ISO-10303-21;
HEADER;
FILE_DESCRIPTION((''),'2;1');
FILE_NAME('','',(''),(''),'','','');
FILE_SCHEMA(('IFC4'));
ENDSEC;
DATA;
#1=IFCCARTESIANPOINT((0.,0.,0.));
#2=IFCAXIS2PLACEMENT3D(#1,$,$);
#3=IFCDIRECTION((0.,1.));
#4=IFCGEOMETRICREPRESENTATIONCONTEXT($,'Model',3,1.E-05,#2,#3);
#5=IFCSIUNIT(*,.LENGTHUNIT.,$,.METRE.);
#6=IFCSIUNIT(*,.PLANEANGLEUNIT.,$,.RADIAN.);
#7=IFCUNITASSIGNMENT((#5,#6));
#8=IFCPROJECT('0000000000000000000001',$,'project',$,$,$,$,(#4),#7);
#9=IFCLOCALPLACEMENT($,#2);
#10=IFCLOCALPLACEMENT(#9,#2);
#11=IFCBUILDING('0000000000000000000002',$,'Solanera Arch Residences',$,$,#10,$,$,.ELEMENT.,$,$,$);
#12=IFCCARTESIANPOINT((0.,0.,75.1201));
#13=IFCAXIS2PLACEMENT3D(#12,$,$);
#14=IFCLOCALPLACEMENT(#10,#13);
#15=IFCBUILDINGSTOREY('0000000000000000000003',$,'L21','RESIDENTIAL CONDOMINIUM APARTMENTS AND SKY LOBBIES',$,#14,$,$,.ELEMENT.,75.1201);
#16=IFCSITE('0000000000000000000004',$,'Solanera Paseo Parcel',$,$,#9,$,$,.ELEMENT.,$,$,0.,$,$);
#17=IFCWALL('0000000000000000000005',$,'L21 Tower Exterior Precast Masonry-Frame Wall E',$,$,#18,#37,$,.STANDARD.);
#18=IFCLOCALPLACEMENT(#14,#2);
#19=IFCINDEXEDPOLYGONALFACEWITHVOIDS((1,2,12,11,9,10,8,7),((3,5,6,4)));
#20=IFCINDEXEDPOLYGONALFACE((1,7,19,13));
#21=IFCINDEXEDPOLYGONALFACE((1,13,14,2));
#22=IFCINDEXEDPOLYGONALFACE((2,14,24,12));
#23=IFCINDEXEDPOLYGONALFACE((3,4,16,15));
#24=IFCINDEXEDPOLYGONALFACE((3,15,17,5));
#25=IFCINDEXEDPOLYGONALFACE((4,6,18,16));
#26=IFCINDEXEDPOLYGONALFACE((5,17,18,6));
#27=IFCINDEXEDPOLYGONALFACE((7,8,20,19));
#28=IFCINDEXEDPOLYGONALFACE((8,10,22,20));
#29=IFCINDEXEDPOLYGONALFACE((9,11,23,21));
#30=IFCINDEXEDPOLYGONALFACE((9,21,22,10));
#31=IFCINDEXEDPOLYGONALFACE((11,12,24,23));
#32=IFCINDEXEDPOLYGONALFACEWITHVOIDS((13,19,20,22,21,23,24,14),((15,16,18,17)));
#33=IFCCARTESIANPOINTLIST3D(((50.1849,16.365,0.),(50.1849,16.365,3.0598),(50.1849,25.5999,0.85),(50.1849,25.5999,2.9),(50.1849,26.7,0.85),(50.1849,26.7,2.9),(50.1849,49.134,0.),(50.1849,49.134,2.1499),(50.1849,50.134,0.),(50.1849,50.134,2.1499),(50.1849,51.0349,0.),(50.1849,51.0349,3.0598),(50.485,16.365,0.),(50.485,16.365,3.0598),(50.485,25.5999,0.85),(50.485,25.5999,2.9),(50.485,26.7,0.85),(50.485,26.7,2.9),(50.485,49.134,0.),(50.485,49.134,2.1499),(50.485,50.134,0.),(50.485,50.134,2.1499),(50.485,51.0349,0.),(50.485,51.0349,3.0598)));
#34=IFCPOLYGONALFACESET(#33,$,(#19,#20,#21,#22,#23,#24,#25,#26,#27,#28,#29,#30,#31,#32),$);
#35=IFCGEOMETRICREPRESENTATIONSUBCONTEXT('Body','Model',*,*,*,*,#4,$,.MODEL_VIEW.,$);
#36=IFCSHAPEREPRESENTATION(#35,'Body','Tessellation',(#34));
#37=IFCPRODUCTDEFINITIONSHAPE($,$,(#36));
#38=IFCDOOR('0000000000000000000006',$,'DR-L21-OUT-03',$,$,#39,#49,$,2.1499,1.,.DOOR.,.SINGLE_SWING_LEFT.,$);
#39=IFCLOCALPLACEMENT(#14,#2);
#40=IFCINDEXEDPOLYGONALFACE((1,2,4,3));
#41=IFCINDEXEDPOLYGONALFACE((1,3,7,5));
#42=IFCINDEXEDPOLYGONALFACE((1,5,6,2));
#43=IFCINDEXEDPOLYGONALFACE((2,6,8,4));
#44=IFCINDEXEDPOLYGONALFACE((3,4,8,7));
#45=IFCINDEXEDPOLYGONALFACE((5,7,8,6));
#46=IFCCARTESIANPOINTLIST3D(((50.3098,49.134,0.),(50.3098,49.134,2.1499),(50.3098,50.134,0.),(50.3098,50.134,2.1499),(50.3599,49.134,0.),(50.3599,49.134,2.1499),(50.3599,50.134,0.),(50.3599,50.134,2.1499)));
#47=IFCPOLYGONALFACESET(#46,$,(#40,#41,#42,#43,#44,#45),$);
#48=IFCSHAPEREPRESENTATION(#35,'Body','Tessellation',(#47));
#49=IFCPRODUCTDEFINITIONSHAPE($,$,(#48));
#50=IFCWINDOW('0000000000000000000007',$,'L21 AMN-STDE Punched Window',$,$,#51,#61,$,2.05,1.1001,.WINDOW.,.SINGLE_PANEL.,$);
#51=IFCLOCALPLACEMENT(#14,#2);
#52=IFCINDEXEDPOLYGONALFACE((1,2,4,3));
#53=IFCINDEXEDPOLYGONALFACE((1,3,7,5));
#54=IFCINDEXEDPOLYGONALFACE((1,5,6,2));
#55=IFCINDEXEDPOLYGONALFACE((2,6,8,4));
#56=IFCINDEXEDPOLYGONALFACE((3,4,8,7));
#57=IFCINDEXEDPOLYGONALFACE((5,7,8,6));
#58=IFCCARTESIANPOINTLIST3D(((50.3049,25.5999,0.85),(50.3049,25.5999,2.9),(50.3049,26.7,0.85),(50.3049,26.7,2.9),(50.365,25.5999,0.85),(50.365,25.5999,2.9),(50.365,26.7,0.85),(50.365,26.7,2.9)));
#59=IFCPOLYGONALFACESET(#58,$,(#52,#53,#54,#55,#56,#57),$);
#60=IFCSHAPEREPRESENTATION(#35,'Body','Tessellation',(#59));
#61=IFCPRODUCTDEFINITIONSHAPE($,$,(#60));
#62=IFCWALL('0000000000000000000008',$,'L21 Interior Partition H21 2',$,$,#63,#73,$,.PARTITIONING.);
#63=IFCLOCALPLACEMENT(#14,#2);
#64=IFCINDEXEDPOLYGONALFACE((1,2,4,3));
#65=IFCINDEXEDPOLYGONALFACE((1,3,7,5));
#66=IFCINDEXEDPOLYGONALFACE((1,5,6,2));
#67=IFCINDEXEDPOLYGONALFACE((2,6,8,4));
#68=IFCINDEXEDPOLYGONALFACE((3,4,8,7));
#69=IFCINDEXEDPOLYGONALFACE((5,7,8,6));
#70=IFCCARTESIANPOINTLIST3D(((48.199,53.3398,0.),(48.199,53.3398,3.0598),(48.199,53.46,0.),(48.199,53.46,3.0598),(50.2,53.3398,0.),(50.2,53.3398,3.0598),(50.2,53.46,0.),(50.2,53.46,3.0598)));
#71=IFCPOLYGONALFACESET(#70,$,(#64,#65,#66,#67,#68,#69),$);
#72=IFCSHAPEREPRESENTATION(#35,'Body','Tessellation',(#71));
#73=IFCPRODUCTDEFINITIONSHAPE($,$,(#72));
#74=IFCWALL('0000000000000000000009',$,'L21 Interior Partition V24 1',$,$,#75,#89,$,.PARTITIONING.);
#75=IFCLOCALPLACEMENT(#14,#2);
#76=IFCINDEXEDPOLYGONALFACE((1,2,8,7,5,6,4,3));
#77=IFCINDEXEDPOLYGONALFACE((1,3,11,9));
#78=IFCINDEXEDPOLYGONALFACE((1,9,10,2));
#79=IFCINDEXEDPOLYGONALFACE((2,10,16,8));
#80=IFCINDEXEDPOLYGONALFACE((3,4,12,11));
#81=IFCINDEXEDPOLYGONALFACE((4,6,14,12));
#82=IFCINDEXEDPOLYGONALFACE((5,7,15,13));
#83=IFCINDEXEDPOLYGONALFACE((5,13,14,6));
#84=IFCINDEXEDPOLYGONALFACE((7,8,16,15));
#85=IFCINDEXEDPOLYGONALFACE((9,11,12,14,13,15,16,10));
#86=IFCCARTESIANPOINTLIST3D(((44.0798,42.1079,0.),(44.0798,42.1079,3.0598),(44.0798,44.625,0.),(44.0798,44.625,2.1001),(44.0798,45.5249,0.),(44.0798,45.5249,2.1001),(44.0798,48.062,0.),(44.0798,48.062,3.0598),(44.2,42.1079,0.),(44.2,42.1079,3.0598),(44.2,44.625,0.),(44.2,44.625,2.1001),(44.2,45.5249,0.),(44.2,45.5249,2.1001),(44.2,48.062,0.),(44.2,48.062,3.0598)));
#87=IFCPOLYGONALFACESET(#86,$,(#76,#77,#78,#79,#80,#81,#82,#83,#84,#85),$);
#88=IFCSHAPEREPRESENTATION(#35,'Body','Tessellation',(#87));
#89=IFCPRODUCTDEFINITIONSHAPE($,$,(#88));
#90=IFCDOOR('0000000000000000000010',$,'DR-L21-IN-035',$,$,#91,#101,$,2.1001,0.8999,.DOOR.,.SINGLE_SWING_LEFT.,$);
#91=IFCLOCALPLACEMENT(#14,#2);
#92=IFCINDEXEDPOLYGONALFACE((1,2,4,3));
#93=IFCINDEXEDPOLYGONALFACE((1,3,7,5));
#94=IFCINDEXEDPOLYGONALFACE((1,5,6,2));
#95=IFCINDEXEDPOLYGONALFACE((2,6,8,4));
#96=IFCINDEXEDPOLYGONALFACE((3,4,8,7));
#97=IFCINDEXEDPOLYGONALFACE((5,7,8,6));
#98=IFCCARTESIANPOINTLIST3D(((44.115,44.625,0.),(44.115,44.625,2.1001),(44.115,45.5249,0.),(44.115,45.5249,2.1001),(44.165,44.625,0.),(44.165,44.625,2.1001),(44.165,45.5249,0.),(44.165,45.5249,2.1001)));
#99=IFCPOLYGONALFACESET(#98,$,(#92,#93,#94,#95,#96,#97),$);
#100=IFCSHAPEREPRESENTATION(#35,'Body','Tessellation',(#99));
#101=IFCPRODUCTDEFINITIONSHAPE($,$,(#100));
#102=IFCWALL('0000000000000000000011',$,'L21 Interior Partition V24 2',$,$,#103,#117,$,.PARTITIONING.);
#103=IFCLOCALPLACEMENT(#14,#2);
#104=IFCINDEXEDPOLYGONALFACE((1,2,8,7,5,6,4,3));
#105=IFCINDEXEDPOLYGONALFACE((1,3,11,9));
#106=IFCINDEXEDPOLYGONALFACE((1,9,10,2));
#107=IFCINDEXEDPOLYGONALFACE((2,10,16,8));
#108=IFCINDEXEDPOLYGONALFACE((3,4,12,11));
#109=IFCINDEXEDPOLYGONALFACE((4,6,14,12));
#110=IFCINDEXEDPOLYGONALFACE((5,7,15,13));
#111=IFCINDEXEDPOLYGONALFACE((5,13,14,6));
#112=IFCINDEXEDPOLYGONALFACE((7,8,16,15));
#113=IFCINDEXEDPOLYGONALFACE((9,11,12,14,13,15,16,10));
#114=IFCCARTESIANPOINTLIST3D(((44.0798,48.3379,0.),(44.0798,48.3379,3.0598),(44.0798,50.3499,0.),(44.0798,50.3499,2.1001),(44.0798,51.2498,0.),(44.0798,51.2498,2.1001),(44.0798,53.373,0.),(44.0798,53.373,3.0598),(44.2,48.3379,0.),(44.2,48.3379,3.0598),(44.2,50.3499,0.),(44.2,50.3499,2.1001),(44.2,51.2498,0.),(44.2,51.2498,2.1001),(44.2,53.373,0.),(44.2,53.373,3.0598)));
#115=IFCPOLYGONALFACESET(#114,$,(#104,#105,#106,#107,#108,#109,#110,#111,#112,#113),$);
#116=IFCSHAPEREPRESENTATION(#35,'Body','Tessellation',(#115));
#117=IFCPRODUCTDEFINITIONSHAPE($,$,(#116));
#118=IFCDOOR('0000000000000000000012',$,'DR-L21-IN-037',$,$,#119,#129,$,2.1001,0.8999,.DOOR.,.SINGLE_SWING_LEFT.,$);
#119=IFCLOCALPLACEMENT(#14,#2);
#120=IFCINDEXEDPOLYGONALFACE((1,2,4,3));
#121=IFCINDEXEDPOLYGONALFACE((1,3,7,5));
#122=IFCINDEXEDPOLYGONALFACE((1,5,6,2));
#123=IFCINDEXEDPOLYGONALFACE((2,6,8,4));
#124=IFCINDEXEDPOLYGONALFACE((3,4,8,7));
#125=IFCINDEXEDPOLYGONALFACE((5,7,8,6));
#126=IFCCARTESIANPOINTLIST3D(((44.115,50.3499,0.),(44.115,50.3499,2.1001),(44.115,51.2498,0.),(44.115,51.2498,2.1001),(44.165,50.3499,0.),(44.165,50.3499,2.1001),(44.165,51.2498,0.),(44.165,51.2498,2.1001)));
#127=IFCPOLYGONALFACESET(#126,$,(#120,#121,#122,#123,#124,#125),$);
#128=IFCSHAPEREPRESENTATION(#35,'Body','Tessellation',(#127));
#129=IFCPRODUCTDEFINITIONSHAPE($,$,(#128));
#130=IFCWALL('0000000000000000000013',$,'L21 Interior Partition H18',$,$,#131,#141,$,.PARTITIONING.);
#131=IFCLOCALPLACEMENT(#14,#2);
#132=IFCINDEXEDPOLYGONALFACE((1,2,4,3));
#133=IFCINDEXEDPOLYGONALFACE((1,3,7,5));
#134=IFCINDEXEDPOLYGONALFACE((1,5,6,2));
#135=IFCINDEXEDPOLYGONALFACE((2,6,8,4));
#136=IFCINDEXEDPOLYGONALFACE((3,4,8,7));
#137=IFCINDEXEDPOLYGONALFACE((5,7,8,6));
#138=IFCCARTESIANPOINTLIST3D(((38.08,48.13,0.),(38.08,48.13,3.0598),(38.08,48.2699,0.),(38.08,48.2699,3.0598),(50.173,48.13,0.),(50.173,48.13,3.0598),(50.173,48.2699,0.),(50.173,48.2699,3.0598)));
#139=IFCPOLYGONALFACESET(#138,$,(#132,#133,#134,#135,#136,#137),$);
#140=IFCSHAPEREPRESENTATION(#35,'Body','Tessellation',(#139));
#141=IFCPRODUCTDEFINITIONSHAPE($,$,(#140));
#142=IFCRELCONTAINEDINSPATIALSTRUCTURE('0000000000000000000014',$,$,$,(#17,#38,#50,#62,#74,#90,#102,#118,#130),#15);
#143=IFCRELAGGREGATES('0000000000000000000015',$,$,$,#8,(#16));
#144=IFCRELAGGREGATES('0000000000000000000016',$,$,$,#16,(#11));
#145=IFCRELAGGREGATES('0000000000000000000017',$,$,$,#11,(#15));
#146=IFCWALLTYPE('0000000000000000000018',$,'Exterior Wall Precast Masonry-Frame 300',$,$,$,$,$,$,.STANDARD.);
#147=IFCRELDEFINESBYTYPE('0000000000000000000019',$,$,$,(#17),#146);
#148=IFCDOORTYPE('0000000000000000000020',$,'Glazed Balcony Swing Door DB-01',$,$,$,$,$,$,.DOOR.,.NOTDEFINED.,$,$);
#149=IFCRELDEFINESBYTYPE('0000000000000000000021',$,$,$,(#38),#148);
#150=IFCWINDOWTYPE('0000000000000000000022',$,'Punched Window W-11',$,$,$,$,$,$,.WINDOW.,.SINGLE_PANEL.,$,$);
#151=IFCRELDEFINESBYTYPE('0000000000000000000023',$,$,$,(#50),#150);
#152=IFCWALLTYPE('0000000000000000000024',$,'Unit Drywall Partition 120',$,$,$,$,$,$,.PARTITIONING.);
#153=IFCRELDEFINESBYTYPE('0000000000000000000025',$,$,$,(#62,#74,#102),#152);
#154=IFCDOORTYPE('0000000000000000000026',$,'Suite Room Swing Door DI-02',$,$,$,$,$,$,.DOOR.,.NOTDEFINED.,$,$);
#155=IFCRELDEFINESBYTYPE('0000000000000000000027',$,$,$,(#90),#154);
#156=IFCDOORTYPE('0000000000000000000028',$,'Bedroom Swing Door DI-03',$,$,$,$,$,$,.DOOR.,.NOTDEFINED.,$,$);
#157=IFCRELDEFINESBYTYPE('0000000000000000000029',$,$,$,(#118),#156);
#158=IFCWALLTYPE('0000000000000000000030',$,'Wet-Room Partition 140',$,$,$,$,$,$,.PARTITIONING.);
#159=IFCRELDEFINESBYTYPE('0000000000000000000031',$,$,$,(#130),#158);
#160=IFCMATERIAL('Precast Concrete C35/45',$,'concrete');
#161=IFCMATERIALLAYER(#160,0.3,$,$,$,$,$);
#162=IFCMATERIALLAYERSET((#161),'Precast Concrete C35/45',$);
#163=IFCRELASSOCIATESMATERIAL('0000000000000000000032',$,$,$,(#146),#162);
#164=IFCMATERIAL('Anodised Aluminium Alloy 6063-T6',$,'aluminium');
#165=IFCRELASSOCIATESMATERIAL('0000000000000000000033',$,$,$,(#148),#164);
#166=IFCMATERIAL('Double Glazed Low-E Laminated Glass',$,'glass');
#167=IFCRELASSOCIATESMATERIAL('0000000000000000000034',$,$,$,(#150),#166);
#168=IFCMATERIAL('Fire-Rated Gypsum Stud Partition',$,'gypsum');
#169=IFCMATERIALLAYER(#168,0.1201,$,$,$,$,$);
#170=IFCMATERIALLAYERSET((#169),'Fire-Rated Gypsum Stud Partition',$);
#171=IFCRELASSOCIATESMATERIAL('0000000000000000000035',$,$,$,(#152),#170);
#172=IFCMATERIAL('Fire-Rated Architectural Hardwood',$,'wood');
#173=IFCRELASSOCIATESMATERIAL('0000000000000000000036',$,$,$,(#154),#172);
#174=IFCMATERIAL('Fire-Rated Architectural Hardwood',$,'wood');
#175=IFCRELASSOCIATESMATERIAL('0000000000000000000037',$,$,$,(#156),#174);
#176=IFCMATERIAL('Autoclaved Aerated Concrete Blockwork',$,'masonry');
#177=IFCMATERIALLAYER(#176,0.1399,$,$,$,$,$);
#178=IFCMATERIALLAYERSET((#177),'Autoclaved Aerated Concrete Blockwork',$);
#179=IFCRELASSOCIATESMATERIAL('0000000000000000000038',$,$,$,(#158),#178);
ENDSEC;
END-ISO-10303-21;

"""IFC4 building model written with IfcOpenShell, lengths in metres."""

from ifc_helpers import new_model, si_unit, direction, frame, frame_2d, origin, place, context, subcontext, project, spatial, rectangle, extrude, material, layer, layer_set, type_object, element, fill, save


model = new_model("IFC4")

# Units and contexts
model_context = context("Model", 3, precision=1e-05, world=origin(), true_north=direction((0.0, 1.0)))
body_context = subcontext(model_context, "Body", "Model", "MODEL_VIEW")
ifc_project = project(units=[si_unit("LENGTHUNIT", "METRE"), si_unit("PLANEANGLEUNIT", "RADIAN")], contexts=[model_context])

# Site, building, storey
site_placement = place(None, origin())
site = spatial("IfcSite", under=ifc_project, at=site_placement, Name="Solanera Paseo Parcel", CompositionType="ELEMENT", RefElevation=0.0)
building_placement = place(site_placement, origin())
building = spatial("IfcBuilding", under=site, at=building_placement, Name="Solanera Arch Residences", CompositionType="ELEMENT")
storey_placement = place(building_placement, frame((0.0, 0.0, 75.1201)))
storey = spatial("IfcBuildingStorey", under=building, at=storey_placement, Name="L21", Description="RESIDENTIAL CONDOMINIUM APARTMENTS AND SKY LOBBIES", CompositionType="ELEMENT", Elevation=75.1201)

# Shared definitions
ifc_material_1 = material(Name="Precast Concrete C35/45", Category="concrete")
ifc_layer_1 = layer(ifc_material_1, 0.3)
ifc_layer_set_1 = layer_set([ifc_layer_1], Name="Precast Concrete C35/45")
wall_type_1 = type_object("IfcWallType", Name="Exterior Wall Precast Masonry-Frame 300", PredefinedType="STANDARD", material=ifc_layer_set_1)

# Wall, openings, door, window
wall_1_placement = place(storey_placement, frame((50.335, 51.0349, 0.0), z_axis=(0.0, 0.0, 1.0), x_axis=(0.0, -1.0, 0.0)))
wall_1 = element("IfcWall", 1, at=wall_1_placement, inside=storey, type_object=wall_type_1, Name="L21 Tower Exterior Precast Masonry-Frame Wall E", PredefinedType="STANDARD", context=body_context, shape_type="SweptSolid", body=[
    extrude(rectangle(XDim=34.6699, YDim=0.3, at=frame_2d((17.335, 0.0))), origin(), (0.0, 0.0, 1.0), 3.0598),
])
opening_1_placement = place(wall_1_placement, frame((0.9009, 0.0, 0.0)))
opening_1 = element("IfcOpeningElement", 2, at=opening_1_placement, cuts=wall_1, PredefinedType="OPENING", context=body_context, shape_type="SweptSolid", body=[
    extrude(rectangle(XDim=1.0, YDim=2.1499, at=frame_2d((0.5, 1.075))), frame((0.0, 0.1599, 0.0), z_axis=(0.0, -1.0, 0.0), x_axis=(1.0, 0.0, 0.0)), (0.0, 0.0, 1.0), 0.32),
])
opening_2_placement = place(wall_1_placement, frame((24.335, 0.0, 0.8501)))
opening_2 = element("IfcOpeningElement", 3, at=opening_2_placement, cuts=wall_1, PredefinedType="OPENING", context=body_context, shape_type="SweptSolid", body=[
    extrude(rectangle(XDim=1.1001, YDim=2.05, at=frame_2d((0.55, 1.0249))), frame((0.0, 0.1599, 0.0), z_axis=(0.0, -1.0, 0.0), x_axis=(1.0, 0.0, 0.0)), (0.0, 0.0, 1.0), 0.32),
])
ifc_material_2 = material(Name="Anodised Aluminium Alloy 6063-T6", Category="aluminium")
door_type_1 = type_object("IfcDoorType", Name="Glazed Balcony Swing Door DB-01", OperationType="NOTDEFINED", PredefinedType="DOOR", material=ifc_material_2)
door_1_placement = place(opening_1_placement, origin())
door_1 = element("IfcDoor", 4, at=door_1_placement, inside=storey, type_object=door_type_1, Name="DR-L21-OUT-03", OperationType="SINGLE_SWING_LEFT", OverallHeight=2.1499, OverallWidth=1.0, PredefinedType="DOOR", context=body_context, shape_type="SweptSolid", body=[
    extrude(rectangle(XDim=1.0, YDim=2.1499, at=frame_2d((0.5, 1.075))), frame((0.0, 0.0249, 0.0), z_axis=(0.0, -1.0, 0.0), x_axis=(1.0, 0.0, 0.0)), (0.0, 0.0, 1.0), 0.05),
])
fill(opening_1, door_1)
ifc_material_3 = material(Name="Double Glazed Low-E Laminated Glass", Category="glass")
window_type = type_object("IfcWindowType", Name="Punched Window W-11", PartitioningType="SINGLE_PANEL", PredefinedType="WINDOW", material=ifc_material_3)
window_placement = place(opening_2_placement, origin())
window = element("IfcWindow", 5, at=window_placement, inside=storey, type_object=window_type, Name="L21 AMN-STDE Punched Window", OverallHeight=2.05, OverallWidth=1.1001, PartitioningType="SINGLE_PANEL", PredefinedType="WINDOW", context=body_context, shape_type="SweptSolid", body=[
    extrude(rectangle(XDim=1.1001, YDim=2.05, at=frame_2d((0.55, 1.0249))), frame((0.0, 0.03, 0.0), z_axis=(0.0, -1.0, 0.0), x_axis=(1.0, 0.0, 0.0)), (0.0, 0.0, 1.0), 0.0601),
])
fill(opening_2, window)

# Wall
ifc_material_4 = material(Name="Fire-Rated Gypsum Stud Partition", Category="gypsum")
ifc_layer_2 = layer(ifc_material_4, 0.1201)
ifc_layer_set_2 = layer_set([ifc_layer_2], Name="Fire-Rated Gypsum Stud Partition")
wall_type_2 = type_object("IfcWallType", Name="Unit Drywall Partition 120", PredefinedType="PARTITIONING", material=ifc_layer_set_2)
wall_2_placement = place(storey_placement, frame((48.199, 53.3999, 0.0), z_axis=(0.0, 0.0, 1.0), x_axis=(1.0, 0.0, 0.0)))
element("IfcWall", 6, at=wall_2_placement, inside=storey, type_object=wall_type_2, Name="L21 Interior Partition H21 2", PredefinedType="PARTITIONING", context=body_context, shape_type="SweptSolid", body=[
    extrude(rectangle(XDim=2.001, YDim=0.1201, at=frame_2d((1.0005, 0.0))), origin(), (0.0, 0.0, 1.0), 3.0598),
])

# Walls, openings, doors
wall_3_placement = place(storey_placement, frame((44.1399, 42.1079, 0.0), z_axis=(0.0, 0.0, 1.0), x_axis=(0.0, 1.0, 0.0)))
wall_3 = element("IfcWall", 7, at=wall_3_placement, inside=storey, type_object=wall_type_2, Name="L21 Interior Partition V24 1", PredefinedType="PARTITIONING", context=body_context, shape_type="SweptSolid", body=[
    extrude(rectangle(XDim=5.9541, YDim=0.1201, at=frame_2d((2.9771, 0.0))), origin(), (0.0, 0.0, 1.0), 3.0598),
])
opening_3_placement = place(wall_3_placement, frame((2.5171, 0.0, 0.0)))
opening_3 = element("IfcOpeningElement", 8, at=opening_3_placement, cuts=wall_3, PredefinedType="OPENING", context=body_context, shape_type="SweptSolid", body=[
    extrude(rectangle(XDim=0.8999, YDim=2.1001, at=frame_2d((0.45, 1.05))), frame((0.0, 0.0701, 0.0), z_axis=(0.0, -1.0, 0.0), x_axis=(1.0, 0.0, 0.0)), (0.0, 0.0, 1.0), 0.1401),
])
ifc_material_5 = material(Name="Fire-Rated Architectural Hardwood", Category="wood")
door_type_2 = type_object("IfcDoorType", Name="Suite Room Swing Door DI-02", OperationType="NOTDEFINED", PredefinedType="DOOR", material=ifc_material_5)
door_2_placement = place(opening_3_placement, origin())
door_2 = element("IfcDoor", 9, at=door_2_placement, inside=storey, type_object=door_type_2, Name="DR-L21-IN-035", OperationType="SINGLE_SWING_LEFT", OverallHeight=2.1001, OverallWidth=0.8999, PredefinedType="DOOR", context=body_context, shape_type="SweptSolid", body=[
    extrude(rectangle(XDim=0.8999, YDim=2.1001, at=frame_2d((0.45, 1.05))), frame((0.0, 0.0249, 0.0), z_axis=(0.0, -1.0, 0.0), x_axis=(1.0, 0.0, 0.0)), (0.0, 0.0, 1.0), 0.05),
])
fill(opening_3, door_2)
wall_4_placement = place(storey_placement, frame((44.1399, 48.3379, 0.0), z_axis=(0.0, 0.0, 1.0), x_axis=(0.0, 1.0, 0.0)))
wall_4 = element("IfcWall", 10, at=wall_4_placement, inside=storey, type_object=wall_type_2, Name="L21 Interior Partition V24 2", PredefinedType="PARTITIONING", context=body_context, shape_type="SweptSolid", body=[
    extrude(rectangle(XDim=5.0352, YDim=0.1201, at=frame_2d((2.5176, 0.0))), origin(), (0.0, 0.0, 1.0), 3.0598),
])
opening_4_placement = place(wall_4_placement, frame((2.012, 0.0, 0.0)))
opening_4 = element("IfcOpeningElement", 11, at=opening_4_placement, cuts=wall_4, PredefinedType="OPENING", context=body_context, shape_type="SweptSolid", body=[
    extrude(rectangle(XDim=0.8999, YDim=2.1001, at=frame_2d((0.45, 1.05))), frame((0.0, 0.0701, 0.0), z_axis=(0.0, -1.0, 0.0), x_axis=(1.0, 0.0, 0.0)), (0.0, 0.0, 1.0), 0.1401),
])
ifc_material_6 = material(Name="Fire-Rated Architectural Hardwood", Category="wood")
door_type_3 = type_object("IfcDoorType", Name="Bedroom Swing Door DI-03", OperationType="NOTDEFINED", PredefinedType="DOOR", material=ifc_material_6)
door_3_placement = place(opening_4_placement, origin())
door_3 = element("IfcDoor", 12, at=door_3_placement, inside=storey, type_object=door_type_3, Name="DR-L21-IN-037", OperationType="SINGLE_SWING_LEFT", OverallHeight=2.1001, OverallWidth=0.8999, PredefinedType="DOOR", context=body_context, shape_type="SweptSolid", body=[
    extrude(rectangle(XDim=0.8999, YDim=2.1001, at=frame_2d((0.45, 1.05))), frame((0.0, 0.0249, 0.0), z_axis=(0.0, -1.0, 0.0), x_axis=(1.0, 0.0, 0.0)), (0.0, 0.0, 1.0), 0.05),
])
fill(opening_4, door_3)

# Wall
ifc_material_7 = material(Name="Autoclaved Aerated Concrete Blockwork", Category="masonry")
ifc_layer_3 = layer(ifc_material_7, 0.1399)
ifc_layer_set_3 = layer_set([ifc_layer_3], Name="Autoclaved Aerated Concrete Blockwork")
wall_type_3 = type_object("IfcWallType", Name="Wet-Room Partition 140", PredefinedType="PARTITIONING", material=ifc_layer_set_3)
wall_5_placement = place(storey_placement, frame((38.0801, 48.2, 0.0), z_axis=(0.0, 0.0, 1.0), x_axis=(1.0, 0.0, 0.0)))
element("IfcWall", 13, at=wall_5_placement, inside=storey, type_object=wall_type_3, Name="L21 Interior Partition H18", PredefinedType="PARTITIONING", context=body_context, shape_type="SweptSolid", body=[
    extrude(rectangle(XDim=12.093, YDim=0.1399, at=frame_2d((6.0464, 0.0))), origin(), (0.0, 0.0, 1.0), 3.0598),
])

save(model, "model.ifc")
